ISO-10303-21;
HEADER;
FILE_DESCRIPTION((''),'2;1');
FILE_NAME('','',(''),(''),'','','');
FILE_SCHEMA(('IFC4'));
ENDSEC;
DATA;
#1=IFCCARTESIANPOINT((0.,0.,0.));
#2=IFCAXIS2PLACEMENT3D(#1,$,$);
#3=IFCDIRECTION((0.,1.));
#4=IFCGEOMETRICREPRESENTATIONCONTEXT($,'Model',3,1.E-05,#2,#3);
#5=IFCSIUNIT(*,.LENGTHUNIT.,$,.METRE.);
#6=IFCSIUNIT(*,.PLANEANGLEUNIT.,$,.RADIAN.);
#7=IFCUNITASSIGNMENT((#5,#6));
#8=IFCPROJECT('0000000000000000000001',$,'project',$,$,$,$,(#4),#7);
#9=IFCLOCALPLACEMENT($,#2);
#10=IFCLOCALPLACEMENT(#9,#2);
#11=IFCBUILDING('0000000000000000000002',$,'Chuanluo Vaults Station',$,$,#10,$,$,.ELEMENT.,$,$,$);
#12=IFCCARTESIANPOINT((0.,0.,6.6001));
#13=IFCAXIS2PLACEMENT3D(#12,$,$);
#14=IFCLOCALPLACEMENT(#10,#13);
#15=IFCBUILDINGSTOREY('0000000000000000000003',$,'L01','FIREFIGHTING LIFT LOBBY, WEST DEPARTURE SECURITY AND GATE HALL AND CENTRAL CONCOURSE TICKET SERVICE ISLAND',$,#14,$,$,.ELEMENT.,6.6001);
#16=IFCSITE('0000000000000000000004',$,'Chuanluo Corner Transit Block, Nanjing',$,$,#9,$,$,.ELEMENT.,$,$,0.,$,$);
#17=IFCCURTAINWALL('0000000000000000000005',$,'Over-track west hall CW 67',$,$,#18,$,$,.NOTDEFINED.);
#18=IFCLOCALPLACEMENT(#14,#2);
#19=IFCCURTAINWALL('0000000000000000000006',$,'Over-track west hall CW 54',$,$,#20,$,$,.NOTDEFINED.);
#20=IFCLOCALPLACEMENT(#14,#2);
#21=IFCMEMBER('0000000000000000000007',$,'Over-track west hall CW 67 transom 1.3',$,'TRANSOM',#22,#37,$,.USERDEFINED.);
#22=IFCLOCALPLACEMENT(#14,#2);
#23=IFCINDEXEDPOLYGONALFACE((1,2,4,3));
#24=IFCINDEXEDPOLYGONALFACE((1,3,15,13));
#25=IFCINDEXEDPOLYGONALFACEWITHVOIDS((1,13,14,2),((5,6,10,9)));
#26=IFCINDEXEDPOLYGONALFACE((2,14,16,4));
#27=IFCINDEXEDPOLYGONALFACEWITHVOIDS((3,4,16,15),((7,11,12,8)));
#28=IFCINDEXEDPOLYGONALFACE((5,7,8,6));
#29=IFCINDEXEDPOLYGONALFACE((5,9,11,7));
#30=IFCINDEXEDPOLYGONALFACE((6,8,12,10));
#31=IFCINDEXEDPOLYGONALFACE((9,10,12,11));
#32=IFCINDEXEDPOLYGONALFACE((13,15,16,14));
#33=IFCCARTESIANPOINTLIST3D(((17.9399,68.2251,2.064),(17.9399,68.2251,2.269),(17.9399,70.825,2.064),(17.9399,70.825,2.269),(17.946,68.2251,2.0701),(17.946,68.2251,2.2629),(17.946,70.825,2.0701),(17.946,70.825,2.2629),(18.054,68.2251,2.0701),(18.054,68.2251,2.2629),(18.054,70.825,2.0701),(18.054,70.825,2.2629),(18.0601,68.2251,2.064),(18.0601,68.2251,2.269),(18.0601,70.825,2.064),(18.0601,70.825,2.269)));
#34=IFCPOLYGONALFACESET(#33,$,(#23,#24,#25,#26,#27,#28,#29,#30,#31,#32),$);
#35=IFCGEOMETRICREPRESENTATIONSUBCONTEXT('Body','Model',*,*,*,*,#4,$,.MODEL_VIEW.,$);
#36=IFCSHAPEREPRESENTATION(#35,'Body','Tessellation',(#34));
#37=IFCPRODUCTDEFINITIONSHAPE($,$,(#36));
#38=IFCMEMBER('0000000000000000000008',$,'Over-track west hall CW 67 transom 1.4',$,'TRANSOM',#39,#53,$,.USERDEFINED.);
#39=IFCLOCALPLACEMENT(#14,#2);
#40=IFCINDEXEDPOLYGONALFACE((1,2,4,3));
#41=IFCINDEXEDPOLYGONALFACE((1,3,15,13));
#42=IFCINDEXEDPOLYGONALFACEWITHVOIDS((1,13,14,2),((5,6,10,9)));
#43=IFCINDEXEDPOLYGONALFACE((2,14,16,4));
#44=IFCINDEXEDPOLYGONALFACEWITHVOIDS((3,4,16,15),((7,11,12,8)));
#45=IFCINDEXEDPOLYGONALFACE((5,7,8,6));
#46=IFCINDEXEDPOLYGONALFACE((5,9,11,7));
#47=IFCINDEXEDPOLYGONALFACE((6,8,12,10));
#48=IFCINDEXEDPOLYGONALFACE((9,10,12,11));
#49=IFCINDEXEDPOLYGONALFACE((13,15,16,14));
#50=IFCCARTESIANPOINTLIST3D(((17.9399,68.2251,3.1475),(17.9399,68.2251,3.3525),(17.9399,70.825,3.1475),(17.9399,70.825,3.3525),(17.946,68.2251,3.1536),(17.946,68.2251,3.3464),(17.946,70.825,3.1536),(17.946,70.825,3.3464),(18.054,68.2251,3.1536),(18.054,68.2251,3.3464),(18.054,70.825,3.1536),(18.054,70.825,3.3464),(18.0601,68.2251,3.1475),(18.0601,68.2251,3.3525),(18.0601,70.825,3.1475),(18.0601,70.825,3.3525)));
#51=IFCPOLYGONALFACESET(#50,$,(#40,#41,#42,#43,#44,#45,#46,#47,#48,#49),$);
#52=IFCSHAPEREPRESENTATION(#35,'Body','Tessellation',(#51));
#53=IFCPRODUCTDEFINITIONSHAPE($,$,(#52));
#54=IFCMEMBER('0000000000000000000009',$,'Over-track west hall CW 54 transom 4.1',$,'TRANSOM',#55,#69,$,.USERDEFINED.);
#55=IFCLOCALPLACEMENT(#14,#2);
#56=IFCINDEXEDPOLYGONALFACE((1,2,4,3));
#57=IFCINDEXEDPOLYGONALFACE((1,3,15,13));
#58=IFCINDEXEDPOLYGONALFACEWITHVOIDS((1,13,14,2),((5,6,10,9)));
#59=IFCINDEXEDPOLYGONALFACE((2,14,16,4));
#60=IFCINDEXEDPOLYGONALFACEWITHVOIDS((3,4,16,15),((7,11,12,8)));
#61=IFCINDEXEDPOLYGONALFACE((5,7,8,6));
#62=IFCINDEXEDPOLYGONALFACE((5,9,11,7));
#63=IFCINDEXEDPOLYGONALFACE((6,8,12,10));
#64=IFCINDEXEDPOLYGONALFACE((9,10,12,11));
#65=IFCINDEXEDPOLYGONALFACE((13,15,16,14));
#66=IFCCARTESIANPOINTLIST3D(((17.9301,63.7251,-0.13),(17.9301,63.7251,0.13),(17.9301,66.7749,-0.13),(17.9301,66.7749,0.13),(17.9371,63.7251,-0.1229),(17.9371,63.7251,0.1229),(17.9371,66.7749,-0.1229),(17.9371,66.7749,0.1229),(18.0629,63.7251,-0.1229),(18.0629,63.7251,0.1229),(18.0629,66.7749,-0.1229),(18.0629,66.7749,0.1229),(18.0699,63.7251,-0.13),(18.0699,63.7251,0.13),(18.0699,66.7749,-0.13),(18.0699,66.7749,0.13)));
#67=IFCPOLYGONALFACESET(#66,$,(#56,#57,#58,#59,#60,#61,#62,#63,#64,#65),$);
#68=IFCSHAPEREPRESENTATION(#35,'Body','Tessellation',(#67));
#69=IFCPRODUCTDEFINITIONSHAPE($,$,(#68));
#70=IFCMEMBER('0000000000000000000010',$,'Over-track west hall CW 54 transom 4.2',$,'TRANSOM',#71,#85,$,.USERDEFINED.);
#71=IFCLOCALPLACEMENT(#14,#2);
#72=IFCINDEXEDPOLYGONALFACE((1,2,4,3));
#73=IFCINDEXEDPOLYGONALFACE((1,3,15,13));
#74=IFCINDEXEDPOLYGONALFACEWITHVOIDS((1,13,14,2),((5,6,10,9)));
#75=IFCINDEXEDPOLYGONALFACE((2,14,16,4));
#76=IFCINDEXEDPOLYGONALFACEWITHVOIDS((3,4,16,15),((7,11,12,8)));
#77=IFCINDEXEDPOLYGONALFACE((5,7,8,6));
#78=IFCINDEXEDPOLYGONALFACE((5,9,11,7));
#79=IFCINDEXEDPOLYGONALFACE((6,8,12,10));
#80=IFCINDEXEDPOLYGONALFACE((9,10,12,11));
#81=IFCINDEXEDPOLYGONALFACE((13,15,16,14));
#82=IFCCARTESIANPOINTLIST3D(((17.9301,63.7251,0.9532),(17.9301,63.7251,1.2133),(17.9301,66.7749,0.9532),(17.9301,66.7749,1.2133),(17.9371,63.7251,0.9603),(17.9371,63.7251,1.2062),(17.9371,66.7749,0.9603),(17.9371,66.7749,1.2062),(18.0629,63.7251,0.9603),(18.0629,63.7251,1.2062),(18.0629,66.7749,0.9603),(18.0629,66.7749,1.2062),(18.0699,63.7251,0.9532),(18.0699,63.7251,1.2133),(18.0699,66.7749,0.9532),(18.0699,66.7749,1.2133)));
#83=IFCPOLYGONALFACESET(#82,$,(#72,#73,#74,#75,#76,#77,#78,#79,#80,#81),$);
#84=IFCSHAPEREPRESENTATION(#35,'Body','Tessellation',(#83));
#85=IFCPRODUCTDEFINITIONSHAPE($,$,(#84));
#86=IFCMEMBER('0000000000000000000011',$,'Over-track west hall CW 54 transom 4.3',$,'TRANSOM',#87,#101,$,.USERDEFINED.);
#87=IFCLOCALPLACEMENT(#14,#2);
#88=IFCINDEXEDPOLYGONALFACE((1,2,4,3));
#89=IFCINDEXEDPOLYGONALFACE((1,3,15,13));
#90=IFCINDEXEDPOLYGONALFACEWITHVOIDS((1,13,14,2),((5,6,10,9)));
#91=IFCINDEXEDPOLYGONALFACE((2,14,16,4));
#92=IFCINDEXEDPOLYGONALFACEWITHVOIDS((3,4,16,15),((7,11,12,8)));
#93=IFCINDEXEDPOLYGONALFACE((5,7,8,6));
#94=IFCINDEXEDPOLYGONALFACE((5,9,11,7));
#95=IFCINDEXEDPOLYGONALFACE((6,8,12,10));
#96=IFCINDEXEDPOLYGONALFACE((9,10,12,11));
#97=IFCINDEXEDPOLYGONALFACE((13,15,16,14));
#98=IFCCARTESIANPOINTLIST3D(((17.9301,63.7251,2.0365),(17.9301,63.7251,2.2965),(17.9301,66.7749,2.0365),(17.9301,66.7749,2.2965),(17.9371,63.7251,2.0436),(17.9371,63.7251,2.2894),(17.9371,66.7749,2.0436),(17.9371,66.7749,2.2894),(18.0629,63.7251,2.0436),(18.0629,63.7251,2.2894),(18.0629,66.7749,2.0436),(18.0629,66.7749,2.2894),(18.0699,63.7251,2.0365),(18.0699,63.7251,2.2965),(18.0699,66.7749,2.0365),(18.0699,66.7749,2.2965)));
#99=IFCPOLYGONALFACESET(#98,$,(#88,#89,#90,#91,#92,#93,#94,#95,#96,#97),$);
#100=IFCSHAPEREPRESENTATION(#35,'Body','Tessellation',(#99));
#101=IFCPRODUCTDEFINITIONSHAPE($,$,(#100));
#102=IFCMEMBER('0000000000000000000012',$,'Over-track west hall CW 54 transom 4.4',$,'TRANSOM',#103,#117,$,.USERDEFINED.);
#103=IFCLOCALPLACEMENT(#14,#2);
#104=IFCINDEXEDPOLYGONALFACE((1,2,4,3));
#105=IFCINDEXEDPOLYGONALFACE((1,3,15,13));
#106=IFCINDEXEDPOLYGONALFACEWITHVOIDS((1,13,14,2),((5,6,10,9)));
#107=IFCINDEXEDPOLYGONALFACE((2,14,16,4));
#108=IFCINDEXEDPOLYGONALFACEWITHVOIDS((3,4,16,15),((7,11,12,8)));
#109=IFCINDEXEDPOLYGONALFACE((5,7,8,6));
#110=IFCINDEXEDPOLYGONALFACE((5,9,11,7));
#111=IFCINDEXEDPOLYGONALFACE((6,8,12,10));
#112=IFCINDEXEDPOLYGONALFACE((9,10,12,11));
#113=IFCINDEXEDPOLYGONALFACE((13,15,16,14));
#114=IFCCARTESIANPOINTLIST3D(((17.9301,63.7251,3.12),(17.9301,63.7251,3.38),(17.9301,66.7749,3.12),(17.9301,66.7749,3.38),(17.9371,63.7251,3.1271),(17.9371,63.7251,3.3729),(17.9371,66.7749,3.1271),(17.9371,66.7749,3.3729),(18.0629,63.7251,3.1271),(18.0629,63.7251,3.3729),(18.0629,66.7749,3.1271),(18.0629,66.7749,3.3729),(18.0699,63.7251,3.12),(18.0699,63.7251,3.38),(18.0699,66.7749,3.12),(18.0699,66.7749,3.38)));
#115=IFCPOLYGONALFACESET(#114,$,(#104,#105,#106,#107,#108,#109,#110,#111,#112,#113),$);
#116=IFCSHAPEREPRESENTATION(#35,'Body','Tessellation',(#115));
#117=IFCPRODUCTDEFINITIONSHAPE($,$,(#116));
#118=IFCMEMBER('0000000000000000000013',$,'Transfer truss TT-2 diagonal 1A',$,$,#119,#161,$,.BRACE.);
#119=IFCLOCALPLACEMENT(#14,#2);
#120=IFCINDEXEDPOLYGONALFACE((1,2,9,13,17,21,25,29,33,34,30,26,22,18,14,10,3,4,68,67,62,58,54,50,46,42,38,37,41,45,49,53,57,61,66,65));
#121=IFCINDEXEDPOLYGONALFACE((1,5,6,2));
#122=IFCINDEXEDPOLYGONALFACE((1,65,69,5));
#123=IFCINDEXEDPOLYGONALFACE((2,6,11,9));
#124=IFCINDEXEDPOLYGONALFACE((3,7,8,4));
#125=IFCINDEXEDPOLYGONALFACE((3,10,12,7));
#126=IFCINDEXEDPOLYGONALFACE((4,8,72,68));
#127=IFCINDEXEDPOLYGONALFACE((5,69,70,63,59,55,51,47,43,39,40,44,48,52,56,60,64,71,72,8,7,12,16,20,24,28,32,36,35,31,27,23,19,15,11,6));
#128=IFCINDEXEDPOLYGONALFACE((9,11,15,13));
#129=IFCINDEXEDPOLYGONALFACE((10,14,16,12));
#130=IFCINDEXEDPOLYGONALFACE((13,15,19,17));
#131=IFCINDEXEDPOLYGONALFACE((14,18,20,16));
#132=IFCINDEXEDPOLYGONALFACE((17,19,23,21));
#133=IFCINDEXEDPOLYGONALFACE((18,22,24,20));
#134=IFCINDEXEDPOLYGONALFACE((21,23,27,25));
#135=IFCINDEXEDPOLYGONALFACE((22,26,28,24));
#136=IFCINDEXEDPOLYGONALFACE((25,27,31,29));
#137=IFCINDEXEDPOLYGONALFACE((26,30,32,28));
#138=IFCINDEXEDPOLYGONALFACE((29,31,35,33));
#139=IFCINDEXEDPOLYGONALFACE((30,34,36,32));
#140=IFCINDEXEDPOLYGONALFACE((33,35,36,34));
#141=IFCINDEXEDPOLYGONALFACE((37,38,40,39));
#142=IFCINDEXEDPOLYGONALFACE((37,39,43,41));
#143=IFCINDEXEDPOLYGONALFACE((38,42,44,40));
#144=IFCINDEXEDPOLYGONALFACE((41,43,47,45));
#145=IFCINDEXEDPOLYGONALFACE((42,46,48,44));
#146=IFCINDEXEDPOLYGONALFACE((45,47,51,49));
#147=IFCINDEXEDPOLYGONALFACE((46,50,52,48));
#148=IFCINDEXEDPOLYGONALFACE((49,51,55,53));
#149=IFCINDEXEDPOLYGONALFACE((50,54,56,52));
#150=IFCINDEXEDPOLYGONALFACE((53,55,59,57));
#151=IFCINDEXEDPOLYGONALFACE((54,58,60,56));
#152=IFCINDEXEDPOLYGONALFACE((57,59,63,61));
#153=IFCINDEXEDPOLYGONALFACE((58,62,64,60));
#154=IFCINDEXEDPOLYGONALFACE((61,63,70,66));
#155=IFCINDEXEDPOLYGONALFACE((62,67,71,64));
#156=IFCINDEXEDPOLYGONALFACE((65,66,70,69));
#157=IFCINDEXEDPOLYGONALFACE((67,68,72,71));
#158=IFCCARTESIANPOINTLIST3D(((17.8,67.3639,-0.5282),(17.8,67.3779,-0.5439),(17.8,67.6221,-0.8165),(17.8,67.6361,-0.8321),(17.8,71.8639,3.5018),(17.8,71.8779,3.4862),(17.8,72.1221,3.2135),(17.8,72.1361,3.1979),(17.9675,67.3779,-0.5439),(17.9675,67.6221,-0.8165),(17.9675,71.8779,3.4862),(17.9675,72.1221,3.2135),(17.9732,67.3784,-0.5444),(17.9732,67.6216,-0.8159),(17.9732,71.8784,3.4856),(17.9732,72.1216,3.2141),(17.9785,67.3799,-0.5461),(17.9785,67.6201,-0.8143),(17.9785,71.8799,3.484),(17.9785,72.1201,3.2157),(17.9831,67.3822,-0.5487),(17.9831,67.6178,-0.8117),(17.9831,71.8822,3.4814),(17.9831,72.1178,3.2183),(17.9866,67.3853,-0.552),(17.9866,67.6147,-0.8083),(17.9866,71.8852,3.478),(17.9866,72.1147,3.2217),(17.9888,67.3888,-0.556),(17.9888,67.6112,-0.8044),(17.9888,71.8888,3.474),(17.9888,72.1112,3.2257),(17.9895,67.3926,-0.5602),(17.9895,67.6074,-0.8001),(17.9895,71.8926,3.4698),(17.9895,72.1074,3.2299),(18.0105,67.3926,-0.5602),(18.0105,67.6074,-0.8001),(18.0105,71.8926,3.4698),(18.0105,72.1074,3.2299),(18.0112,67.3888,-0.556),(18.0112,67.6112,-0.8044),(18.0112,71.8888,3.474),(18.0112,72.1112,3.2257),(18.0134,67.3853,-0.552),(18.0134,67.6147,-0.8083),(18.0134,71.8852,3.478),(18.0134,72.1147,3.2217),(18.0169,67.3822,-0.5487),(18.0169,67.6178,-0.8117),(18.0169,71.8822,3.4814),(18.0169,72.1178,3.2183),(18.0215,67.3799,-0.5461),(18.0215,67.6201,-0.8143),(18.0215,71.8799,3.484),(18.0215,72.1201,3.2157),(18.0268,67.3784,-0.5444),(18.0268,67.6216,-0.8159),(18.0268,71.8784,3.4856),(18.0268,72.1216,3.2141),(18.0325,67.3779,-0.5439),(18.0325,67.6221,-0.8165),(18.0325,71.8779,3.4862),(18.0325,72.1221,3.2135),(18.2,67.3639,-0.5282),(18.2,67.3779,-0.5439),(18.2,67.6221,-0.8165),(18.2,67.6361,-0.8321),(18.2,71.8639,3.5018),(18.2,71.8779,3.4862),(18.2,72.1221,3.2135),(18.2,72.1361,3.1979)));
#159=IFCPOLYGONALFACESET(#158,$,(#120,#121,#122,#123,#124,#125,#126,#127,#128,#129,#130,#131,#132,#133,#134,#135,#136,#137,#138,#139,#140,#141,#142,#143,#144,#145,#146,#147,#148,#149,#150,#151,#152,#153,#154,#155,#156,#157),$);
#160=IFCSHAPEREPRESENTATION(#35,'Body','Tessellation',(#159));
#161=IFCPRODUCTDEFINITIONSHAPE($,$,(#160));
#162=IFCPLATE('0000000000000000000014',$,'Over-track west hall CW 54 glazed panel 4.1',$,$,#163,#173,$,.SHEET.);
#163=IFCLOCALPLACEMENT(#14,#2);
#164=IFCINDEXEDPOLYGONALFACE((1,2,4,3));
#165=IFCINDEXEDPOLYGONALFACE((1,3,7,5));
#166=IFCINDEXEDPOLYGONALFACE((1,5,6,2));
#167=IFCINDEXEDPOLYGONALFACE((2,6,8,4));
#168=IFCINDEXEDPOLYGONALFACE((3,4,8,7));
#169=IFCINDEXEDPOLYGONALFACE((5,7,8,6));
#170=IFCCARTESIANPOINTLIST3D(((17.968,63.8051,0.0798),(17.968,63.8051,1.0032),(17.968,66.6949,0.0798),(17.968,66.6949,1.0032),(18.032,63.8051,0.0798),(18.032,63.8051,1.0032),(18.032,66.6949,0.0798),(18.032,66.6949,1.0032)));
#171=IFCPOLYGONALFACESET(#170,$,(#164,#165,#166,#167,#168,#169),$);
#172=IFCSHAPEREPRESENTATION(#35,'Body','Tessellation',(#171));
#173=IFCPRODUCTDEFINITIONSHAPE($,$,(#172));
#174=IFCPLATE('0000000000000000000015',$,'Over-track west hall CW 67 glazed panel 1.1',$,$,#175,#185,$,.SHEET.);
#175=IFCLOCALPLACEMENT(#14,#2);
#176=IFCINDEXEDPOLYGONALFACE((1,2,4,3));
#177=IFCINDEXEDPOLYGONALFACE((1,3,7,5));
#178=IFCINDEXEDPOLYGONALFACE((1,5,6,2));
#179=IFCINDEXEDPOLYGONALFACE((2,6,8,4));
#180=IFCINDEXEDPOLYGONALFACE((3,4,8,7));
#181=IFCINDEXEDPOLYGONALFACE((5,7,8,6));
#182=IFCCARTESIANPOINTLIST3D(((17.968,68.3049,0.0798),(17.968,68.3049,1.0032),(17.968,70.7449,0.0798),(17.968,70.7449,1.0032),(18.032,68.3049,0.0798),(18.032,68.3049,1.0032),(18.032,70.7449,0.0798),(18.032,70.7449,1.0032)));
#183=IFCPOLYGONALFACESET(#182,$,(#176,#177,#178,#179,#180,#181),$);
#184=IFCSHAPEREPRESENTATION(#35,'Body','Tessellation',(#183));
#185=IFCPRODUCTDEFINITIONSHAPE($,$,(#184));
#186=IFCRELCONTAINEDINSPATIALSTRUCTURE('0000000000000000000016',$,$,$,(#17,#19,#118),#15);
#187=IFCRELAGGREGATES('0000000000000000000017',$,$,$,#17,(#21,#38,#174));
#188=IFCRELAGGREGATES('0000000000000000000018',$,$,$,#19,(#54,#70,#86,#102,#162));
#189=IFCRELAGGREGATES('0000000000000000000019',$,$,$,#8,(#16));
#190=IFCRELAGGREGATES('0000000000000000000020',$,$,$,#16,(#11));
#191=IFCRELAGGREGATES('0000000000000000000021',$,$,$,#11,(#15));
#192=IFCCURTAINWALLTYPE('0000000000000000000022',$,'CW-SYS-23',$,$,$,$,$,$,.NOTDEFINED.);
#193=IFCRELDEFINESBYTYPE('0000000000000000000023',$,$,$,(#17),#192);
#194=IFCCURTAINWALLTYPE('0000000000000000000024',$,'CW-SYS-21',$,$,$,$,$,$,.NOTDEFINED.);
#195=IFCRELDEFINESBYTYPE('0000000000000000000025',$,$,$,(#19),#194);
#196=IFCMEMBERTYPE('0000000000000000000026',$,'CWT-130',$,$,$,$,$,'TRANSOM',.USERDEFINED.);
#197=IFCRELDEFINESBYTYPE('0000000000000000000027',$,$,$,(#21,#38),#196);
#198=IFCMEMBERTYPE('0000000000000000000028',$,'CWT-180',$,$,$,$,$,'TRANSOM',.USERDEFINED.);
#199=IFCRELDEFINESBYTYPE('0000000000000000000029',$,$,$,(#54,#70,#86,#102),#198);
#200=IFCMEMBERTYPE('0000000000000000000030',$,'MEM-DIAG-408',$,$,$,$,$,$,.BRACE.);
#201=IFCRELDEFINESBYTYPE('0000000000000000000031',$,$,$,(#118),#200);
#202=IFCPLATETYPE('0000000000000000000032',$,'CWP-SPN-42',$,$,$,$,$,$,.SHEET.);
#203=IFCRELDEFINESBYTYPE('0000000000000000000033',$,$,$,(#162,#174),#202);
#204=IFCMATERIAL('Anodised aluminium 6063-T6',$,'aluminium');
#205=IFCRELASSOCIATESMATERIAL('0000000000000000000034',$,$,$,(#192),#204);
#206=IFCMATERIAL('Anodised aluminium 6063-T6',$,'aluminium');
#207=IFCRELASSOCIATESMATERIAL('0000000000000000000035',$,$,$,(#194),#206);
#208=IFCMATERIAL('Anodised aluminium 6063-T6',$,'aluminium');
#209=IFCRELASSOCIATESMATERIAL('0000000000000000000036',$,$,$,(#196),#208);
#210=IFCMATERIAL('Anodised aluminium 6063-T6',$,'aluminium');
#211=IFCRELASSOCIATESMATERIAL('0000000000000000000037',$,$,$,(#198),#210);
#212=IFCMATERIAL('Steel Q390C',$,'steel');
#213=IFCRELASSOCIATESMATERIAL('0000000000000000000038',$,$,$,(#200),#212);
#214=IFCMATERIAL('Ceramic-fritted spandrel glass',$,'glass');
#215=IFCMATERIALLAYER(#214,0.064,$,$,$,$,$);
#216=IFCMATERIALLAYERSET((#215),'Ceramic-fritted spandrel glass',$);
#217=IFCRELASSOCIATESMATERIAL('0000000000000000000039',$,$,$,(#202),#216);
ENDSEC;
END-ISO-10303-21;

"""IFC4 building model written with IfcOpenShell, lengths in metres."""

from ifc_helpers import new_model, si_unit, direction, frame, origin, origin_2d, place, context, subcontext, project, spatial, rectangle, hollow_rectangle, i_section, extrude, material, layer, layer_set, material_profile, profile_set, type_object, element, aggregate, save


model = new_model("IFC4")

# Units and contexts
model_context = context("Model", 3, precision=1e-05, world=origin(), true_north=direction((0.0, 1.0)))
body_context = subcontext(model_context, "Body", "Model", "MODEL_VIEW")
ifc_project = project(units=[si_unit("LENGTHUNIT", "METRE"), si_unit("PLANEANGLEUNIT", "RADIAN")], contexts=[model_context])

# Site, building, storey
site_placement = place(None, origin())
site = spatial("IfcSite", under=ifc_project, at=site_placement, Name="Chuanluo Corner Transit Block, Nanjing", CompositionType="ELEMENT", RefElevation=0.0)
building_placement = place(site_placement, origin())
building = spatial("IfcBuilding", under=site, at=building_placement, Name="Chuanluo Vaults Station", CompositionType="ELEMENT")
storey_placement = place(building_placement, frame((0.0, 0.0, 6.6001)))
storey = spatial("IfcBuildingStorey", under=building, at=storey_placement, Name="L01", Description="FIREFIGHTING LIFT LOBBY, WEST DEPARTURE SECURITY AND GATE HALL AND CENTRAL CONCOURSE TICKET SERVICE ISLAND", CompositionType="ELEMENT", Elevation=6.6001)

# Curtain wall
ifc_material_1 = material(Name="Anodised aluminium 6063-T6", Category="aluminium")
curtain_wall_type_1 = type_object("IfcCurtainWallType", Name="CW-SYS-23", PredefinedType="NOTDEFINED", material=ifc_material_1)
curtain_wall_1_placement = place(storey_placement, origin())
curtain_wall_1 = element("IfcCurtainWall", 1, at=curtain_wall_1_placement, inside=storey, type_object=curtain_wall_type_1, Name="Over-track west hall CW 67", PredefinedType="NOTDEFINED")

# Curtain wall
ifc_material_2 = material(Name="Anodised aluminium 6063-T6", Category="aluminium")
curtain_wall_type_2 = type_object("IfcCurtainWallType", Name="CW-SYS-21", PredefinedType="NOTDEFINED", material=ifc_material_2)
curtain_wall_2_placement = place(storey_placement, origin())
curtain_wall_2 = element("IfcCurtainWall", 2, at=curtain_wall_2_placement, inside=storey, type_object=curtain_wall_type_2, Name="Over-track west hall CW 54", PredefinedType="NOTDEFINED")

# Members
ifc_material_3 = material(Name="Anodised aluminium 6063-T6", Category="aluminium")
ifc_material_profile_1 = material_profile(ifc_material_3, hollow_rectangle(XDim=0.1201, YDim=0.2051, WallThickness=0.0061, at=origin_2d()))
ifc_profile_set_1 = profile_set([ifc_material_profile_1], Name="Anodised aluminium 6063-T6")
member_type_1 = type_object("IfcMemberType", Name="CWT-130", ElementType="TRANSOM", PredefinedType="USERDEFINED", material=ifc_profile_set_1)
member_1_placement = place(storey_placement, frame((18.0, 68.2251, 2.1665), z_axis=(0.0, 1.0, 0.0), x_axis=(-1.0, 0.0, 0.0)))
member_1 = element("IfcMember", 3, at=member_1_placement, type_object=member_type_1, Name="Over-track west hall CW 67 transom 1.3", ObjectType="TRANSOM", PredefinedType="USERDEFINED", context=body_context, shape_type="SweptSolid", body=[
    extrude(hollow_rectangle(XDim=0.1201, YDim=0.2051, WallThickness=0.0061, at=origin_2d()), origin(), (0.0, 0.0, 1.0), 2.5999),
])
member_2_placement = place(storey_placement, frame((18.0, 68.2251, 3.25), z_axis=(0.0, 1.0, 0.0), x_axis=(-1.0, 0.0, 0.0)))
member_2 = element("IfcMember", 4, at=member_2_placement, type_object=member_type_1, Name="Over-track west hall CW 67 transom 1.4", ObjectType="TRANSOM", PredefinedType="USERDEFINED", context=body_context, shape_type="SweptSolid", body=[
    extrude(hollow_rectangle(XDim=0.1201, YDim=0.2051, WallThickness=0.0061, at=origin_2d()), origin(), (0.0, 0.0, 1.0), 2.5999),
])
ifc_material_4 = material(Name="Anodised aluminium 6063-T6", Category="aluminium")
ifc_material_profile_2 = material_profile(ifc_material_4, hollow_rectangle(XDim=0.1399, YDim=0.26, WallThickness=0.0071, at=origin_2d()))
ifc_profile_set_2 = profile_set([ifc_material_profile_2], Name="Anodised aluminium 6063-T6")
member_type_2 = type_object("IfcMemberType", Name="CWT-180", ElementType="TRANSOM", PredefinedType="USERDEFINED", material=ifc_profile_set_2)
member_3_placement = place(storey_placement, frame((18.0, 63.7251, 0.0), z_axis=(0.0, 1.0, 0.0), x_axis=(-1.0, 0.0, 0.0)))
member_3 = element("IfcMember", 5, at=member_3_placement, type_object=member_type_2, Name="Over-track west hall CW 54 transom 4.1", ObjectType="TRANSOM", PredefinedType="USERDEFINED", context=body_context, shape_type="SweptSolid", body=[
    extrude(hollow_rectangle(XDim=0.1399, YDim=0.26, WallThickness=0.0071, at=origin_2d()), origin(), (0.0, 0.0, 1.0), 3.0498),
])
member_4_placement = place(storey_placement, frame((18.0, 63.7251, 1.0833), z_axis=(0.0, 1.0, 0.0), x_axis=(-1.0, 0.0, 0.0)))
member_4 = element("IfcMember", 6, at=member_4_placement, type_object=member_type_2, Name="Over-track west hall CW 54 transom 4.2", ObjectType="TRANSOM", PredefinedType="USERDEFINED", context=body_context, shape_type="SweptSolid", body=[
    extrude(hollow_rectangle(XDim=0.1399, YDim=0.26, WallThickness=0.0071, at=origin_2d()), origin(), (0.0, 0.0, 1.0), 3.0498),
])
member_5_placement = place(storey_placement, frame((18.0, 63.7251, 2.1665), z_axis=(0.0, 1.0, 0.0), x_axis=(-1.0, 0.0, 0.0)))
member_5 = element("IfcMember", 7, at=member_5_placement, type_object=member_type_2, Name="Over-track west hall CW 54 transom 4.3", ObjectType="TRANSOM", PredefinedType="USERDEFINED", context=body_context, shape_type="SweptSolid", body=[
    extrude(hollow_rectangle(XDim=0.1399, YDim=0.26, WallThickness=0.0071, at=origin_2d()), origin(), (0.0, 0.0, 1.0), 3.0498),
])
member_6_placement = place(storey_placement, frame((18.0, 63.7251, 3.25), z_axis=(0.0, 1.0, 0.0), x_axis=(-1.0, 0.0, 0.0)))
member_6 = element("IfcMember", 8, at=member_6_placement, type_object=member_type_2, Name="Over-track west hall CW 54 transom 4.4", ObjectType="TRANSOM", PredefinedType="USERDEFINED", context=body_context, shape_type="SweptSolid", body=[
    extrude(hollow_rectangle(XDim=0.1399, YDim=0.26, WallThickness=0.0071, at=origin_2d()), origin(), (0.0, 0.0, 1.0), 3.0498),
])
ifc_material_5 = material(Name="Steel Q390C", Category="steel")
ifc_material_profile_3 = material_profile(ifc_material_5, i_section(OverallWidth=0.3999, OverallDepth=0.408, WebThickness=0.021, FlangeThickness=0.021, FilletRadius=0.022, at=origin_2d()))
ifc_profile_set_3 = profile_set([ifc_material_profile_3], Name="Steel Q390C")
member_type_3 = type_object("IfcMemberType", Name="MEM-DIAG-408", PredefinedType="BRACE", material=ifc_profile_set_3)
member_7_placement = place(storey_placement, frame((18.0, 67.5, -0.6802), z_axis=(0.0, 0.744936, 0.667136), x_axis=(-1.0, 0.0, 0.0)))
element("IfcMember", 9, at=member_7_placement, inside=storey, type_object=member_type_3, Name="Transfer truss TT-2 diagonal 1A", PredefinedType="BRACE", context=body_context, shape_type="SweptSolid", body=[
    extrude(i_section(OverallWidth=0.3999, OverallDepth=0.408, WebThickness=0.021, FlangeThickness=0.021, FilletRadius=0.022, at=origin_2d()), origin(), (0.0, 0.0, 1.0), 6.0408),
])

# Plates
ifc_material_6 = material(Name="Ceramic-fritted spandrel glass", Category="glass")
ifc_layer_1 = layer(ifc_material_6, 0.064)
ifc_layer_set_1 = layer_set([ifc_layer_1], Name="Ceramic-fritted spandrel glass")
plate_type_1 = type_object("IfcPlateType", Name="CWP-SPN-42", PredefinedType="SHEET", material=ifc_layer_set_1)
plate_1_placement = place(storey_placement, frame((18.0, 65.25, 0.0798), z_axis=(0.0, 0.0, 1.0), x_axis=(0.0, 1.0, 0.0)))
plate_1 = element("IfcPlate", 10, at=plate_1_placement, type_object=plate_type_1, Name="Over-track west hall CW 54 glazed panel 4.1", PredefinedType="SHEET", context=body_context, shape_type="SweptSolid", body=[
    extrude(rectangle(XDim=2.8899, YDim=0.064, at=origin_2d()), origin(), (0.0, 0.0, 1.0), 0.9233),
])
plate_2_placement = place(storey_placement, frame((18.0, 69.5249, 0.0798), z_axis=(0.0, 0.0, 1.0), x_axis=(0.0, 1.0, 0.0)))
plate_2 = element("IfcPlate", 11, at=plate_2_placement, type_object=plate_type_1, Name="Over-track west hall CW 67 glazed panel 1.1", PredefinedType="SHEET", context=body_context, shape_type="SweptSolid", body=[
    extrude(rectangle(XDim=2.4399, YDim=0.064, at=origin_2d()), origin(), (0.0, 0.0, 1.0), 0.9233),
])
aggregate(curtain_wall_1, [member_1, member_2, plate_2])
aggregate(curtain_wall_2, [member_3, member_4, member_5, member_6, plate_1])

save(model, "model.ifc")
